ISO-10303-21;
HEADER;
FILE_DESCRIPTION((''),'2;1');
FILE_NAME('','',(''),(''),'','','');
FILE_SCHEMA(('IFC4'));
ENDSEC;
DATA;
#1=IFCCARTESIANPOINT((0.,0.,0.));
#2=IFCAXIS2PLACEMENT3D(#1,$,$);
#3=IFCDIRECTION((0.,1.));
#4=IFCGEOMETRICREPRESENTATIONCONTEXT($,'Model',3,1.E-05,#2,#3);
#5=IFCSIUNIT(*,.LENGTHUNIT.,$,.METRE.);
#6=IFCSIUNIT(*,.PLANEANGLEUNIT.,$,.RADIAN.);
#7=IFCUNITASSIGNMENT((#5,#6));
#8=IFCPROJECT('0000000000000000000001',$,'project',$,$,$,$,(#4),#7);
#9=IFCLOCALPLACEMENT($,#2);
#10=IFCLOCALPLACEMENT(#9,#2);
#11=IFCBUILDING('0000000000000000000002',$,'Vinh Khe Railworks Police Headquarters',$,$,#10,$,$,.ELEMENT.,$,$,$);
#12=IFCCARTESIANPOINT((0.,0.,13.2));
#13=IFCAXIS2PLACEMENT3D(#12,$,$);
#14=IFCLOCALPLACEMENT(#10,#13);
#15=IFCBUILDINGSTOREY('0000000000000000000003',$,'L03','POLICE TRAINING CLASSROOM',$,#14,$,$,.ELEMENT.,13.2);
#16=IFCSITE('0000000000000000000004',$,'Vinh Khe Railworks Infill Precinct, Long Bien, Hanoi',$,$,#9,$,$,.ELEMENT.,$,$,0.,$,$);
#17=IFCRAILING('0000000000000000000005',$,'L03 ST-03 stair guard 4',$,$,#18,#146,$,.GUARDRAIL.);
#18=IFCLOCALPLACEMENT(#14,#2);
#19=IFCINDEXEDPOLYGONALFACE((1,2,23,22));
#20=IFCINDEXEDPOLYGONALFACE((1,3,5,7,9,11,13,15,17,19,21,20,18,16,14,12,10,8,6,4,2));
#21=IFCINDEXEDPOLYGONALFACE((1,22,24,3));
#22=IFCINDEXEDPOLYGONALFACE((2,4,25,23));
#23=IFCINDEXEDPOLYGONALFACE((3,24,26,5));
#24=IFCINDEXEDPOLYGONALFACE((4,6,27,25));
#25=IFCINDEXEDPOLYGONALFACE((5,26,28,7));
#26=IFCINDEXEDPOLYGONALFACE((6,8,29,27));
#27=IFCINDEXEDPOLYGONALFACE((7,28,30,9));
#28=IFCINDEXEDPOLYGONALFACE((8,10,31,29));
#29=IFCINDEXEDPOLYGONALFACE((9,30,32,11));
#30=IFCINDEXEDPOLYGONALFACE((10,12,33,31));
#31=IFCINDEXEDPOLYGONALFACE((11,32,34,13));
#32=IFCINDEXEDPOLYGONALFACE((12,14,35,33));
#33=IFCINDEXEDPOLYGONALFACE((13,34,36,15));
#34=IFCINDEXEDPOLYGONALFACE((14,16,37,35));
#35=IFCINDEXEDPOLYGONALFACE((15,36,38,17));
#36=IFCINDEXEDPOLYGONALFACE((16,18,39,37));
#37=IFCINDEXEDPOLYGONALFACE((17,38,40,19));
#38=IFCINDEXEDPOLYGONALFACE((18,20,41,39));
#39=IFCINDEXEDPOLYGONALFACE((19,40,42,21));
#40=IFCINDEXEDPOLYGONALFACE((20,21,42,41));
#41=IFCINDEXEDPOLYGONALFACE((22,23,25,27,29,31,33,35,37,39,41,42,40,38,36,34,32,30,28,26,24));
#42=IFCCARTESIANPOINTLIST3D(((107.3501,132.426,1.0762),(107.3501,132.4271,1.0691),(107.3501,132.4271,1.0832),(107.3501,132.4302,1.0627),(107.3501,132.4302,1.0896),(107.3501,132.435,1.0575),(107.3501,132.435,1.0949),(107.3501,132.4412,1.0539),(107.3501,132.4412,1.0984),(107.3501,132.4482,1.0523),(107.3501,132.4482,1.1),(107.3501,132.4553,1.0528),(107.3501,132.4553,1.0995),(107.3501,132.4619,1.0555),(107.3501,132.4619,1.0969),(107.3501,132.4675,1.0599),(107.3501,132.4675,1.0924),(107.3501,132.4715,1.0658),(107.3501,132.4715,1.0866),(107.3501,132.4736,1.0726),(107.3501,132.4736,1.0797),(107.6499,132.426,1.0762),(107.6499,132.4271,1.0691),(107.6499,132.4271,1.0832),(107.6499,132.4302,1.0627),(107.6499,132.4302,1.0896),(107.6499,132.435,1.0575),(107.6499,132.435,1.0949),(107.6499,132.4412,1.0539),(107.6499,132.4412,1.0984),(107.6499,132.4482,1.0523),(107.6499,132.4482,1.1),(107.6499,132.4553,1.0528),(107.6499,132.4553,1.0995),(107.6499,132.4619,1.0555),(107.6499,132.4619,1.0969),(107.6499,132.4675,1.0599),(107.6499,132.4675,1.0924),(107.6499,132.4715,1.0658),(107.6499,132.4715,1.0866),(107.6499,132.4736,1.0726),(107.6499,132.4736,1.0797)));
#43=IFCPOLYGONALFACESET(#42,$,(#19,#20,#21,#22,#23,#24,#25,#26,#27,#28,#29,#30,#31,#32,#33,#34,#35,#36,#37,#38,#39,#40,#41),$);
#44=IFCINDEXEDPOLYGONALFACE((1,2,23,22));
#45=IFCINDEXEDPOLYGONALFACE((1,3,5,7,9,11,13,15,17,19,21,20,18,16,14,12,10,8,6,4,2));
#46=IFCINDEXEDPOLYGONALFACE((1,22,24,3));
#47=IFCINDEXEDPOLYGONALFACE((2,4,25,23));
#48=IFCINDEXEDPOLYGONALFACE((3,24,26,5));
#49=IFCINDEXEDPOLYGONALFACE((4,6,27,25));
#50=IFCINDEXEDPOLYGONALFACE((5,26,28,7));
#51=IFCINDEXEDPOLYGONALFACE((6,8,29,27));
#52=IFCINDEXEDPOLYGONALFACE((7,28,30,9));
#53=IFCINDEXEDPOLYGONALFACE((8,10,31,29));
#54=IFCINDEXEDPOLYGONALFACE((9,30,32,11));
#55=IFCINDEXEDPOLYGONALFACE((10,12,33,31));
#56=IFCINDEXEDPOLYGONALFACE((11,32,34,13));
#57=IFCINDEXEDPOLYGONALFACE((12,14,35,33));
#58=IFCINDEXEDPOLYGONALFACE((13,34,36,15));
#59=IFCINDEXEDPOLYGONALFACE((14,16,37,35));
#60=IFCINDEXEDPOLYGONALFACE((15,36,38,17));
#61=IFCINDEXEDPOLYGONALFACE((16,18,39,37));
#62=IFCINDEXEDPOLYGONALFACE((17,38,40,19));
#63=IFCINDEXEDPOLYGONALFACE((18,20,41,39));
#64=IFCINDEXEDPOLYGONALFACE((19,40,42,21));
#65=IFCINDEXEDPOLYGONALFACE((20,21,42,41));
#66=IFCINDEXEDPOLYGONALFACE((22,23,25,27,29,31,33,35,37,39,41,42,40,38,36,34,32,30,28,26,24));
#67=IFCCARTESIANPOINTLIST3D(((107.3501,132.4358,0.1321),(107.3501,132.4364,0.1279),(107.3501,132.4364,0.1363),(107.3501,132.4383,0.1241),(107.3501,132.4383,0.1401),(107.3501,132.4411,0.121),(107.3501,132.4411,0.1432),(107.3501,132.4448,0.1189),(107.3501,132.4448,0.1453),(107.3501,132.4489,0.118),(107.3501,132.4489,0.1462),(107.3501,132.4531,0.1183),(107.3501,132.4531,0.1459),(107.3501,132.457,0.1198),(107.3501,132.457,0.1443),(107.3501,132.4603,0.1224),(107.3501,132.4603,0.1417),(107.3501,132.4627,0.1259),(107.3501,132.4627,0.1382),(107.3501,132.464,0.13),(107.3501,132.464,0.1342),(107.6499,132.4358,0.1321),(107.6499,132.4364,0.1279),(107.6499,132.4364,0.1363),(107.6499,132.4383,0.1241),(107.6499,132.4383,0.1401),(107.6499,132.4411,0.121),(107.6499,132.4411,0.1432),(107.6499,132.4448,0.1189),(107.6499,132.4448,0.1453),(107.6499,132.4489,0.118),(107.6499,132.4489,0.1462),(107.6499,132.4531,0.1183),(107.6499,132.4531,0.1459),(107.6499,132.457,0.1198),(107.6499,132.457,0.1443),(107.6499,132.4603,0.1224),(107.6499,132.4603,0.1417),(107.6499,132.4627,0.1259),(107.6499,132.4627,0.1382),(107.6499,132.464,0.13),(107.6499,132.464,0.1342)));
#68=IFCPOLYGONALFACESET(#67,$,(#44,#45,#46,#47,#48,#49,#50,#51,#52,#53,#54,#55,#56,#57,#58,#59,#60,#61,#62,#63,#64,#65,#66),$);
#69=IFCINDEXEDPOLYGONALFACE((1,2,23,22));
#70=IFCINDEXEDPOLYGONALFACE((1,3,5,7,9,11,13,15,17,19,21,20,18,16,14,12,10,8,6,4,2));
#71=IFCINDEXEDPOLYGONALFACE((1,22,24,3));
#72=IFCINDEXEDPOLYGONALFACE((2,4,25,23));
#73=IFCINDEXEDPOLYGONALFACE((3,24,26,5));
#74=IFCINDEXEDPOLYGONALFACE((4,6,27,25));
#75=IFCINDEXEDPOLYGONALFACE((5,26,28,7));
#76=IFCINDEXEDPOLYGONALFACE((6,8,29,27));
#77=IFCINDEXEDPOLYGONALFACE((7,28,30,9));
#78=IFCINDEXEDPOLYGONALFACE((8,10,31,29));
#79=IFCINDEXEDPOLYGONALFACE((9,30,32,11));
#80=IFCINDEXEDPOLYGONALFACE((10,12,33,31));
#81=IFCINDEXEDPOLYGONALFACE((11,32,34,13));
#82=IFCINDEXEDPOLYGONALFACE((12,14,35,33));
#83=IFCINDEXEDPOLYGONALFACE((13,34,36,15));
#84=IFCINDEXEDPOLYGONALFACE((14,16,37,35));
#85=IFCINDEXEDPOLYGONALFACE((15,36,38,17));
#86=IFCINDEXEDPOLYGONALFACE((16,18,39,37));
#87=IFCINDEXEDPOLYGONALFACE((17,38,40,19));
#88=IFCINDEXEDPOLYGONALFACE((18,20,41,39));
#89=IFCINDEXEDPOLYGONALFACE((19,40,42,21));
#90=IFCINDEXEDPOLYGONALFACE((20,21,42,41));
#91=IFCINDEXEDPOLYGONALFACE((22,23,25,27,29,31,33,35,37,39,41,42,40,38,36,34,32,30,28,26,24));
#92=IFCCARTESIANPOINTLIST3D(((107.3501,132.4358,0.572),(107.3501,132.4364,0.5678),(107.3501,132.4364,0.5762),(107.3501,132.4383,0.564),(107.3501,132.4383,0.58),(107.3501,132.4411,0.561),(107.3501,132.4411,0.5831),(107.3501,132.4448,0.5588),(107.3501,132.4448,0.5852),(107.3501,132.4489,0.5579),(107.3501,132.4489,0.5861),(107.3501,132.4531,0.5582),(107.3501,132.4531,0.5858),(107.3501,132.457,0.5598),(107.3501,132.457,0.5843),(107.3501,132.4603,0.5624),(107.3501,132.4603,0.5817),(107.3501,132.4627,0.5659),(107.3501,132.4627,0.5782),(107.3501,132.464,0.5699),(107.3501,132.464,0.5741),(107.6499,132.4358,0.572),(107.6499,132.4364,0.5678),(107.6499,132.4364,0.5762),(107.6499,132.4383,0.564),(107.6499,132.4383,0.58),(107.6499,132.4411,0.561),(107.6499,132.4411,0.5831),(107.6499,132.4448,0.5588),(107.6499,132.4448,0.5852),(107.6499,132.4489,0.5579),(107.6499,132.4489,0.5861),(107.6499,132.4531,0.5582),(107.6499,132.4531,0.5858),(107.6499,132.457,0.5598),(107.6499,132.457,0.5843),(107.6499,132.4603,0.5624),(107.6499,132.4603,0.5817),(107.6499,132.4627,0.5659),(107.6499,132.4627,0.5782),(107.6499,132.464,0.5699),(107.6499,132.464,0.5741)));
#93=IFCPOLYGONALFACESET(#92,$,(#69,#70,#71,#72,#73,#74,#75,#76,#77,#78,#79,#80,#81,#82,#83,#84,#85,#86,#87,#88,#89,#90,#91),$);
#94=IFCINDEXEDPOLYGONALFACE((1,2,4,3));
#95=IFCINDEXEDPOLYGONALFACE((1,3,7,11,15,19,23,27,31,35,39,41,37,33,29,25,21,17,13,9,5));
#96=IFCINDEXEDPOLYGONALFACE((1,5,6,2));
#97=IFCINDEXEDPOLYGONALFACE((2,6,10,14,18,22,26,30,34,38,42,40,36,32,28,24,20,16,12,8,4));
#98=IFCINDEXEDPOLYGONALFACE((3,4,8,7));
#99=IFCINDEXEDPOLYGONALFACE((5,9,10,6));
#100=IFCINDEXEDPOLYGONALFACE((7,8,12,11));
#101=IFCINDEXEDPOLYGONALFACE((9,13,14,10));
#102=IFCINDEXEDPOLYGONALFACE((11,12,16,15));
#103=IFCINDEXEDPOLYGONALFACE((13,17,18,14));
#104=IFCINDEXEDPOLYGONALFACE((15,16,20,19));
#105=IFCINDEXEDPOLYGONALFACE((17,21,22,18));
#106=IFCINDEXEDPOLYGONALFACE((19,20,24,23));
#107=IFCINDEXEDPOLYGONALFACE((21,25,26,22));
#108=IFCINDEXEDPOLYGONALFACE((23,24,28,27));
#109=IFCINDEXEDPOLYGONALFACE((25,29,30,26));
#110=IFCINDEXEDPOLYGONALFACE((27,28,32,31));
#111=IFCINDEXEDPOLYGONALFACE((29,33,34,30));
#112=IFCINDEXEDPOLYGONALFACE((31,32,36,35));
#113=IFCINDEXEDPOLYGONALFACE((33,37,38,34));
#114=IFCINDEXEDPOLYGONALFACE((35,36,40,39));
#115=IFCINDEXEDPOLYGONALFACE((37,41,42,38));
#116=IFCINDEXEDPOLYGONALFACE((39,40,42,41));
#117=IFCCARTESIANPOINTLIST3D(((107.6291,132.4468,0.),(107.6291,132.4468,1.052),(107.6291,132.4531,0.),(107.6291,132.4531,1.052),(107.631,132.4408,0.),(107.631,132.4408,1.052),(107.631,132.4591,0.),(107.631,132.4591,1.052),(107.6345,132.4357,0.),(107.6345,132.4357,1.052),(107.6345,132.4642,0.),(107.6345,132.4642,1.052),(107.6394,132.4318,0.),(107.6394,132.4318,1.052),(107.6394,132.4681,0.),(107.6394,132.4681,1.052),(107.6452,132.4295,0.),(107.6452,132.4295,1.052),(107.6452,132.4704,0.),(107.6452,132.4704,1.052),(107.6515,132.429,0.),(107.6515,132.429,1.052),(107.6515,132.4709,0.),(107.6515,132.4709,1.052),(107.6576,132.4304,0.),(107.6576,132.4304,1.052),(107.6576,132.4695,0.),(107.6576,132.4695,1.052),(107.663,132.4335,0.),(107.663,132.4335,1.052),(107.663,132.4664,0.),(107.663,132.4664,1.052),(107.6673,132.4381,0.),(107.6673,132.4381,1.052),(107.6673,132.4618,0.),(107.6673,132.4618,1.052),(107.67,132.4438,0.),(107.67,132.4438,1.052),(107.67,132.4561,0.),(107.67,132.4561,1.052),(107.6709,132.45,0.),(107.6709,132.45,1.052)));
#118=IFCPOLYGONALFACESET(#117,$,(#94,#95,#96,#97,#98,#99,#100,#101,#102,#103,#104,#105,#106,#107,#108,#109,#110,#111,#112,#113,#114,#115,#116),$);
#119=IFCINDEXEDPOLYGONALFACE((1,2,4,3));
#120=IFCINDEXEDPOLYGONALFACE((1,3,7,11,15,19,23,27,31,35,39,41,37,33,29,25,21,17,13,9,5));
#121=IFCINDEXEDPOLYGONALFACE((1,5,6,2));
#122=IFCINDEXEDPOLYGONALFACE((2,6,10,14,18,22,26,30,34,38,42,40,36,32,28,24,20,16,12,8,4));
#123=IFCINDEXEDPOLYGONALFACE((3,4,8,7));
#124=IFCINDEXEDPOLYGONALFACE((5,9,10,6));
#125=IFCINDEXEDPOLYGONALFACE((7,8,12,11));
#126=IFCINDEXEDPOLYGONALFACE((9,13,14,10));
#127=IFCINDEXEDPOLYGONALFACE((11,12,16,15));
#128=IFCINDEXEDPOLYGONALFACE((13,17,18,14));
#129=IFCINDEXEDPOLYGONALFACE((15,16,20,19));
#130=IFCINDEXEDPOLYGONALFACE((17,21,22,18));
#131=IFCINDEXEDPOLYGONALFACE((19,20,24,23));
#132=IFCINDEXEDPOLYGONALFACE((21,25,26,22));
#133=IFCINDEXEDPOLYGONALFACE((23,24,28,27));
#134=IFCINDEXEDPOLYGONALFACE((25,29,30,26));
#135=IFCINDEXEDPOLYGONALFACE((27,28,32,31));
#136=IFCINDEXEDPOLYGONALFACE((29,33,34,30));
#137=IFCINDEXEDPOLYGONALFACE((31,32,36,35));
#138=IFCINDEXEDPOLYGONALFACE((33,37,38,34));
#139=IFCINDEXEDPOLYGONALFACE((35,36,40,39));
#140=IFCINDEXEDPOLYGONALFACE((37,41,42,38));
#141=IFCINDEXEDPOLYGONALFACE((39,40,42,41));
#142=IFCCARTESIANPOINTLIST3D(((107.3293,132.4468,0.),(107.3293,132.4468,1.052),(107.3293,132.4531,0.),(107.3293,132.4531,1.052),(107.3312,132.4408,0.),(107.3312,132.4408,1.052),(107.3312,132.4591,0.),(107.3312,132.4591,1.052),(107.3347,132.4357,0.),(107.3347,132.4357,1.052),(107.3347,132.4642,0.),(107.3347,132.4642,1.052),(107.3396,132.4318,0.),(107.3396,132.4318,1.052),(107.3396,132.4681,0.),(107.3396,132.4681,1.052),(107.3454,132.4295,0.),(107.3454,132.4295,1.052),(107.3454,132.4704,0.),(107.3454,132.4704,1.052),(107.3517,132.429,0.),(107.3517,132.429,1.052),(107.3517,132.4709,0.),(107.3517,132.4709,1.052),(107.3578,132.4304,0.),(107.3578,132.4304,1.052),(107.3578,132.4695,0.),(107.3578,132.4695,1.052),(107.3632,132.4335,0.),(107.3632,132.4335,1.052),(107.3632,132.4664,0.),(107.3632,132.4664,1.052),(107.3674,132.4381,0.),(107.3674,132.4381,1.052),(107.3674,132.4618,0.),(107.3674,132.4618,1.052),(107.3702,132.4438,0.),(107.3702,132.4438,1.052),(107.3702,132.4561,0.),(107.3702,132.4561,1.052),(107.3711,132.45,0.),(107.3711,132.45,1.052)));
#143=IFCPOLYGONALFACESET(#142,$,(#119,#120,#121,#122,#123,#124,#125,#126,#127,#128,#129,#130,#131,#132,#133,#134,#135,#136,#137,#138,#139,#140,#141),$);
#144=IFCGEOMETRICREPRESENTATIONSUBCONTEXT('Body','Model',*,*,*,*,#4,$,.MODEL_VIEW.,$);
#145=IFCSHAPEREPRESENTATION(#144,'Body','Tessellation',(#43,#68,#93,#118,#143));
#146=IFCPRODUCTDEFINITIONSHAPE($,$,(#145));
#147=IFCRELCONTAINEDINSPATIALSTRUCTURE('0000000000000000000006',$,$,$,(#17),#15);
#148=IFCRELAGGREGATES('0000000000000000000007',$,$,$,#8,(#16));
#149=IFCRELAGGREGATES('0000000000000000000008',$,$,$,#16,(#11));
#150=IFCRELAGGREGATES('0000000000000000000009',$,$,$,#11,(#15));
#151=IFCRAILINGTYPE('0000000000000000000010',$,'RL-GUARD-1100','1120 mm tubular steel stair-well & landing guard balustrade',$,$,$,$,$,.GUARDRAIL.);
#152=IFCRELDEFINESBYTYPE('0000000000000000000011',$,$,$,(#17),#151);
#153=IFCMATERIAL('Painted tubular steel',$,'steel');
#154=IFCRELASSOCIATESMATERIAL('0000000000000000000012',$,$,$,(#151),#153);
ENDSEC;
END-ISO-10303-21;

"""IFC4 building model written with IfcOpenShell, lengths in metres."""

from ifc_helpers import new_model, si_unit, direction, frame, origin, origin_2d, place, context, subcontext, project, spatial, circle, extrude, material, type_object, element, save


model = new_model("IFC4")

# Units and contexts
model_context = context("Model", 3, precision=1e-05, world=origin(), true_north=direction((0.0, 1.0)))
body_context = subcontext(model_context, "Body", "Model", "MODEL_VIEW")
ifc_project = project(units=[si_unit("LENGTHUNIT", "METRE"), si_unit("PLANEANGLEUNIT", "RADIAN")], contexts=[model_context])

# Site, building, storey
site_placement = place(None, origin())
site = spatial("IfcSite", under=ifc_project, at=site_placement, Name="Vinh Khe Railworks Infill Precinct, Long Bien, Hanoi", CompositionType="ELEMENT", RefElevation=0.0)
building_placement = place(site_placement, origin())
building = spatial("IfcBuilding", under=site, at=building_placement, Name="Vinh Khe Railworks Police Headquarters", CompositionType="ELEMENT")
storey_placement = place(building_placement, frame((0.0, 0.0, 13.2)))
storey = spatial("IfcBuildingStorey", under=building, at=storey_placement, Name="L03", Description="POLICE TRAINING CLASSROOM", CompositionType="ELEMENT", Elevation=13.2)

# Railing
ifc_material_1 = material(Name="Painted tubular steel", Category="steel")
railing_type = type_object("IfcRailingType", Name="RL-GUARD-1100", Description="1120 mm tubular steel stair-well & landing guard balustrade", PredefinedType="GUARDRAIL", material=ifc_material_1)
railing_1_placement = place(storey_placement, frame((107.6499, 132.45, 0.0)))
element("IfcRailing", 1, at=railing_1_placement, inside=storey, type_object=railing_type, Name="L03 ST-03 stair guard 4", PredefinedType="GUARDRAIL", context=body_context, shape_type="SweptSolid", body=[
    extrude(circle(Radius=0.0239, at=origin_2d()), frame((0.0, 0.0, 1.0762), z_axis=(-1.0, 0.0, 0.0), x_axis=(0.0, -1.0, 0.0)), (0.0, 0.0, 1.0), 0.2998),
    extrude(circle(Radius=0.0142, at=origin_2d()), frame((0.0, 0.0, 0.1321), z_axis=(-1.0, 0.0, 0.0), x_axis=(0.0, -1.0, 0.0)), (0.0, 0.0, 1.0), 0.2998),
    extrude(circle(Radius=0.0142, at=origin_2d()), frame((0.0, 0.0, 0.572), z_axis=(-1.0, 0.0, 0.0), x_axis=(0.0, -1.0, 0.0)), (0.0, 0.0, 1.0), 0.2998),
    extrude(circle(Radius=0.021, at=origin_2d()), origin(), (0.0, 0.0, 1.0), 1.052),
    extrude(circle(Radius=0.021, at=origin_2d()), frame((-0.2998, 0.0, 0.0)), (0.0, 0.0, 1.0), 1.052),
])

save(model, "model.ifc")
